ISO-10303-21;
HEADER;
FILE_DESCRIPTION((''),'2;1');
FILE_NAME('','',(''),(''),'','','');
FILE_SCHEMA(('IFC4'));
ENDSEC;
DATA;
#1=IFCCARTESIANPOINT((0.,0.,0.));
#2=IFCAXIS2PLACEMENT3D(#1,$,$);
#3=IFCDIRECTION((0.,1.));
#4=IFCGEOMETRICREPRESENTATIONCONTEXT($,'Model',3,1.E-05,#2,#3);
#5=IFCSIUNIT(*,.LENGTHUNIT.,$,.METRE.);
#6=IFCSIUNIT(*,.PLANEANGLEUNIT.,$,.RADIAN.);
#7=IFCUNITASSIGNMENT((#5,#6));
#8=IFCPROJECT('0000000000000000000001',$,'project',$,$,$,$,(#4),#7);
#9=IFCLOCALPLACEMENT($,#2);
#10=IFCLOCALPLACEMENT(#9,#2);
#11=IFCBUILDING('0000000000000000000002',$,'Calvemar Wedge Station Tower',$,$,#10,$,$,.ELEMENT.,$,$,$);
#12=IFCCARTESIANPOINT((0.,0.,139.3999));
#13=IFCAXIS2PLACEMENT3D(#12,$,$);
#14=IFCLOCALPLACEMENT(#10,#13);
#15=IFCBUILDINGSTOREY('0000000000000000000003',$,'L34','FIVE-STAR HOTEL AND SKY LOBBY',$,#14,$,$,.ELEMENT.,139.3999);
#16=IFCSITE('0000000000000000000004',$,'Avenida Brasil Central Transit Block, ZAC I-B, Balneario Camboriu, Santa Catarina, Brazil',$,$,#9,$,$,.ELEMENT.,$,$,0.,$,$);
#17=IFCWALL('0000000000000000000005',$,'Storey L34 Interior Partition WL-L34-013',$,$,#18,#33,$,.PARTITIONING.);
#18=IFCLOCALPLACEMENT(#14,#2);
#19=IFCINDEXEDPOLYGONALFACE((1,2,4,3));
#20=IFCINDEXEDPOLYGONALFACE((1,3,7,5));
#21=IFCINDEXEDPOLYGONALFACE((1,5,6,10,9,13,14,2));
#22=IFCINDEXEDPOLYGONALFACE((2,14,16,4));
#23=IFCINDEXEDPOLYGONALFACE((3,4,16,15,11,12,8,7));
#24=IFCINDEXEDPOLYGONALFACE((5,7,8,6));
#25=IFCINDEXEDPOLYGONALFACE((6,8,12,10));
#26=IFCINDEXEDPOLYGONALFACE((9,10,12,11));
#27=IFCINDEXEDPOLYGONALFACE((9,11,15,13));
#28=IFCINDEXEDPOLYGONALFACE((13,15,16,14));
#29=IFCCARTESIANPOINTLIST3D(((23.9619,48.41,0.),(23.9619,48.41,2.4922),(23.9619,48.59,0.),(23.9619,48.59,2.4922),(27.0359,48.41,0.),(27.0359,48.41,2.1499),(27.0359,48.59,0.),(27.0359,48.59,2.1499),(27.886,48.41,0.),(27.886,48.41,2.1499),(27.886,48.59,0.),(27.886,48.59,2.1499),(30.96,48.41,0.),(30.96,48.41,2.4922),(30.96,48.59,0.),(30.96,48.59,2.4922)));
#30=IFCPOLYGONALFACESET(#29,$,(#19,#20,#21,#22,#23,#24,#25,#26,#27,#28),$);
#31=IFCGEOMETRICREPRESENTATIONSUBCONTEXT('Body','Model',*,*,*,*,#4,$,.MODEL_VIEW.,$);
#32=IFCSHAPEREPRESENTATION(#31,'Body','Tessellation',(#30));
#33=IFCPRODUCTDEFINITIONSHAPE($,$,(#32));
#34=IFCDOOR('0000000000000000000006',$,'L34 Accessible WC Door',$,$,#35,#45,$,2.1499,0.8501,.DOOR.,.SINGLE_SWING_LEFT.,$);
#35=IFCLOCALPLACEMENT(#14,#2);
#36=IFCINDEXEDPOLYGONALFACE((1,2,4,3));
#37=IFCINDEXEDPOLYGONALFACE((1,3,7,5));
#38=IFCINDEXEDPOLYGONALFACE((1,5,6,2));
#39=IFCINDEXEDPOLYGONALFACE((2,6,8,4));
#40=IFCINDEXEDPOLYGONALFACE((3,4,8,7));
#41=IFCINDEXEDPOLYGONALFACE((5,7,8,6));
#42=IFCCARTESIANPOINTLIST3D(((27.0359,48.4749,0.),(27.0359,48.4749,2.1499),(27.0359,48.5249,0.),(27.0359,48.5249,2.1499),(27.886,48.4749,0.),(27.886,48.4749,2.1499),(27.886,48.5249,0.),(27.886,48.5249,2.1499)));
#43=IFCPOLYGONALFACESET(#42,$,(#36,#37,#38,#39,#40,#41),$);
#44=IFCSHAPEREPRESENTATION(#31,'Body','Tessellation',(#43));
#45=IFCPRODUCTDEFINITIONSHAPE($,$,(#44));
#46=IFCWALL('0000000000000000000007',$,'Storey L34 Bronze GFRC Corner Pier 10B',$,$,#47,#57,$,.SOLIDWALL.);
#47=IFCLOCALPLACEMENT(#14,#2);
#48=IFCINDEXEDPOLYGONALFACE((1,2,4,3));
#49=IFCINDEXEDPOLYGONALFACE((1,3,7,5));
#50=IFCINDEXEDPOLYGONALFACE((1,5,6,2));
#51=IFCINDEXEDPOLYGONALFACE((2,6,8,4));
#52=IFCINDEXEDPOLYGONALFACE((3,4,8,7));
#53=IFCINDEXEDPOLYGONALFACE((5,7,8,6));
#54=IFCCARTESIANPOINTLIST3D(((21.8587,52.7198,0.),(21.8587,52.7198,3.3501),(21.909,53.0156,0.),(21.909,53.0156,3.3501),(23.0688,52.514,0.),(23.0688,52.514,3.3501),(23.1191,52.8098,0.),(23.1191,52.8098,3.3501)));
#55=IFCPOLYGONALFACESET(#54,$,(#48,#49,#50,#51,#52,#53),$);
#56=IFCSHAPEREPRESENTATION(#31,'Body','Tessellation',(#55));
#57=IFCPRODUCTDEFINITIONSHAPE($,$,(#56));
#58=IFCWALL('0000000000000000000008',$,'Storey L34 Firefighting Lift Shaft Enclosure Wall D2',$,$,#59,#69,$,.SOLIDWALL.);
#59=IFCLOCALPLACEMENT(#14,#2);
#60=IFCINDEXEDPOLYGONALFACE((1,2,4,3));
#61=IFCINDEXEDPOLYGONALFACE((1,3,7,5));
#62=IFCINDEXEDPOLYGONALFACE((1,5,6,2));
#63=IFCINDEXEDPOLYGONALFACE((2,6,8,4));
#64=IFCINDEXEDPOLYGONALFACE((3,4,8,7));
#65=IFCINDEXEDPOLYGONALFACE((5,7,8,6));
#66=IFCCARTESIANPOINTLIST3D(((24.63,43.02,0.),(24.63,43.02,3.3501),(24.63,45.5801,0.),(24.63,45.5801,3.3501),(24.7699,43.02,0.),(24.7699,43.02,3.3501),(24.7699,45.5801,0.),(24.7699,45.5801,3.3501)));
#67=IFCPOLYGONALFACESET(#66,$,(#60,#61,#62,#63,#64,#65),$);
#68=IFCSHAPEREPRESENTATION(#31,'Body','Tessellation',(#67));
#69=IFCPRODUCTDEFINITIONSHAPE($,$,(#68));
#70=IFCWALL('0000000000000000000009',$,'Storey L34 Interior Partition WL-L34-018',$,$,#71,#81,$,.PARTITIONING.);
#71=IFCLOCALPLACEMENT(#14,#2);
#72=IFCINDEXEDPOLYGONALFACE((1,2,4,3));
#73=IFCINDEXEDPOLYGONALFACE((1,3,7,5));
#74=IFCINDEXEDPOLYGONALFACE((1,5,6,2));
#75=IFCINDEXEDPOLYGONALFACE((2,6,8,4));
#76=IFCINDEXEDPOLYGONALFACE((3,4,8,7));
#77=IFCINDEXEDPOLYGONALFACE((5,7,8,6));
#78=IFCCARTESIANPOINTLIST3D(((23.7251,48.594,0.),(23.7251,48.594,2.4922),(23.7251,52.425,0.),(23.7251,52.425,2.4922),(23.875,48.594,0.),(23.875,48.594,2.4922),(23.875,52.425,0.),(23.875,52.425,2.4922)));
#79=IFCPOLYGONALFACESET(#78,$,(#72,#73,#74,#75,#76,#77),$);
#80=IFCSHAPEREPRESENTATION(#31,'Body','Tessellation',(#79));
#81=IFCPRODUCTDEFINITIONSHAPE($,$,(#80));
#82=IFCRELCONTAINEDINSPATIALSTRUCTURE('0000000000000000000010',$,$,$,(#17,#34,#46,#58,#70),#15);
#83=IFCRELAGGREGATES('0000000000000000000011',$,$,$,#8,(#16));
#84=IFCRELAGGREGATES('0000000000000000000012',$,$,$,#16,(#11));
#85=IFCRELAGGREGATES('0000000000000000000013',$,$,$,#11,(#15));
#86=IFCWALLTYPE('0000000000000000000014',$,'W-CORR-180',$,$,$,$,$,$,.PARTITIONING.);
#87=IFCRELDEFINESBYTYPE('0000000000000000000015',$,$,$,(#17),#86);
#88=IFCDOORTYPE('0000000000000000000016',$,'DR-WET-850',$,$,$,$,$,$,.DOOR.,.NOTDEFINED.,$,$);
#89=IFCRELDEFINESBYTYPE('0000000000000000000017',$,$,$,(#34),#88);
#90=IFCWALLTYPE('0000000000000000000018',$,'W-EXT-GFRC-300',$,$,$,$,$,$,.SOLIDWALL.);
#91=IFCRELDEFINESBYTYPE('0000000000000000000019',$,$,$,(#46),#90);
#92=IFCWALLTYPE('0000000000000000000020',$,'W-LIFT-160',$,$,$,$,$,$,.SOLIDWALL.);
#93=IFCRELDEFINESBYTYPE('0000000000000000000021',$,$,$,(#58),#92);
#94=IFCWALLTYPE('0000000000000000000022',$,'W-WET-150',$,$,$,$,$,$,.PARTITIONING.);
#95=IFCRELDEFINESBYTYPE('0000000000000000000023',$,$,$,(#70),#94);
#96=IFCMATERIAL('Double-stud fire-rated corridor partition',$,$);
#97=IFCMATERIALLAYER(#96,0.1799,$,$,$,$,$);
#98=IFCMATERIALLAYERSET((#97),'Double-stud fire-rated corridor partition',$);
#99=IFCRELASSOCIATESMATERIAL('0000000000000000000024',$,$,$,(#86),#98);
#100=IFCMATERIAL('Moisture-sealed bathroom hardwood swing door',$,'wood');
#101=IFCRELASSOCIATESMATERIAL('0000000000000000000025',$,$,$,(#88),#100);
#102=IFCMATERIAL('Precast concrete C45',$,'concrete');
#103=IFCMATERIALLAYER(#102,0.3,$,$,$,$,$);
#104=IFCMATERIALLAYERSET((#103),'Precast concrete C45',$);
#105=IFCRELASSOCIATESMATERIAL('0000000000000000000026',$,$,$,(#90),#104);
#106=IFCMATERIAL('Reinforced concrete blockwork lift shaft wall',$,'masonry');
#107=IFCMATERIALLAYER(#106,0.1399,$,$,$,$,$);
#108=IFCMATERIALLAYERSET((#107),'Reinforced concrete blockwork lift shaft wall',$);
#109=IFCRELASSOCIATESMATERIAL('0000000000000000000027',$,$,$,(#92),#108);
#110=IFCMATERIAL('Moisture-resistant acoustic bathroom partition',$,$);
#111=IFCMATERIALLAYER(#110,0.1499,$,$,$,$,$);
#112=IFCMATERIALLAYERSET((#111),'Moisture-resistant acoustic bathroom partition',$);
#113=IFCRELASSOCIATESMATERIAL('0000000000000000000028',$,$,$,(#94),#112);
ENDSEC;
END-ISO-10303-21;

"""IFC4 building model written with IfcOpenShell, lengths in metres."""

from ifc_helpers import new_model, si_unit, direction, frame, frame_2d, origin, place, context, subcontext, project, spatial, rectangle, extrude, source, transform, mapped, material, layer, layer_set, type_object, element, fill, save


model = new_model("IFC4")

# Units and contexts
model_context = context("Model", 3, precision=1e-05, world=origin(), true_north=direction((0.0, 1.0)))
body_context = subcontext(model_context, "Body", "Model", "MODEL_VIEW")
ifc_project = project(units=[si_unit("LENGTHUNIT", "METRE"), si_unit("PLANEANGLEUNIT", "RADIAN")], contexts=[model_context])

# Site, building, storey
site_placement = place(None, origin())
site = spatial("IfcSite", under=ifc_project, at=site_placement, Name="Avenida Brasil Central Transit Block, ZAC I-B, Balneario Camboriu, Santa Catarina, Brazil", CompositionType="ELEMENT", RefElevation=0.0)
building_placement = place(site_placement, origin())
building = spatial("IfcBuilding", under=site, at=building_placement, Name="Calvemar Wedge Station Tower", CompositionType="ELEMENT")
storey_placement = place(building_placement, frame((0.0, 0.0, 139.3999)))
storey = spatial("IfcBuildingStorey", under=building, at=storey_placement, Name="L34", Description="FIVE-STAR HOTEL AND SKY LOBBY", CompositionType="ELEMENT", Elevation=139.3999)

# Shared definitions
ifc_material_1 = material(Name="Double-stud fire-rated corridor partition")
ifc_layer_1 = layer(ifc_material_1, 0.1799)
ifc_layer_set_1 = layer_set([ifc_layer_1], Name="Double-stud fire-rated corridor partition")
wall_type_1 = type_object("IfcWallType", Name="W-CORR-180", PredefinedType="PARTITIONING", material=ifc_layer_set_1)

# Wall, opening, door
shared_shape_1 = source(origin(), body_context, "Body", "SweptSolid", [
    extrude(rectangle(XDim=0.8501, YDim=2.1499, at=frame_2d((0.425, 1.075))), frame((0.0, 0.1001, 0.0), z_axis=(0.0, -1.0, 0.0), x_axis=(1.0, 0.0, 0.0)), (0.0, 0.0, 1.0), 0.2),
])
wall_1_placement = place(storey_placement, frame((23.9619, 48.5, 0.0), z_axis=(0.0, 0.0, 1.0), x_axis=(1.0, 0.0, 0.0)))
wall_1 = element("IfcWall", 1, at=wall_1_placement, inside=storey, type_object=wall_type_1, Name="Storey L34 Interior Partition WL-L34-013", PredefinedType="PARTITIONING", context=body_context, shape_type="SweptSolid", body=[
    extrude(rectangle(XDim=6.998, YDim=0.1799, at=frame_2d((3.499, 0.0))), origin(), (0.0, 0.0, 1.0), 2.4922),
])
opening_1_placement = place(wall_1_placement, frame((3.074, 0.0, 0.0)))
opening_1 = element("IfcOpeningElement", 2, at=opening_1_placement, cuts=wall_1, PredefinedType="OPENING", context=body_context, shape_type="MappedRepresentation", body=[
    mapped(shared_shape_1, transform((0.0, 0.0, 0.0), scale=1.0)),
])
ifc_material_2 = material(Name="Moisture-sealed bathroom hardwood swing door", Category="wood")
door_type_1 = type_object("IfcDoorType", Name="DR-WET-850", OperationType="NOTDEFINED", PredefinedType="DOOR", material=ifc_material_2)
shared_shape_2 = source(origin(), body_context, "Body", "SweptSolid", [
    extrude(rectangle(XDim=0.8501, YDim=2.1499, at=frame_2d((0.425, 1.075))), frame((0.0, 0.0249, 0.0), z_axis=(0.0, -1.0, 0.0), x_axis=(1.0, 0.0, 0.0)), (0.0, 0.0, 1.0), 0.05),
])
door_1_placement = place(opening_1_placement, origin())
door_1 = element("IfcDoor", 3, at=door_1_placement, inside=storey, type_object=door_type_1, Name="L34 Accessible WC Door", OperationType="SINGLE_SWING_LEFT", OverallHeight=2.1499, OverallWidth=0.8501, PredefinedType="DOOR", context=body_context, shape_type="MappedRepresentation", body=[
    mapped(shared_shape_2, transform((0.0, 0.0, 0.0), scale=1.0)),
])
fill(opening_1, door_1)

# Walls
ifc_material_3 = material(Name="Precast concrete C45", Category="concrete")
ifc_layer_2 = layer(ifc_material_3, 0.3)
ifc_layer_set_2 = layer_set([ifc_layer_2], Name="Precast concrete C45")
wall_type_2 = type_object("IfcWallType", Name="W-EXT-GFRC-300", PredefinedType="SOLIDWALL", material=ifc_layer_set_2)
wall_2_placement = place(storey_placement, frame((23.094, 52.6619, 0.0), z_axis=(0.0, 0.0, 1.0), x_axis=(-0.985846, 0.167655, 0.0)))
element("IfcWall", 4, at=wall_2_placement, inside=storey, type_object=wall_type_2, Name="Storey L34 Bronze GFRC Corner Pier 10B", PredefinedType="SOLIDWALL", context=body_context, shape_type="SweptSolid", body=[
    extrude(rectangle(XDim=1.2275, YDim=0.3, at=frame_2d((0.6138, 0.0))), origin(), (0.0, 0.0, 1.0), 3.3501),
])
ifc_material_4 = material(Name="Reinforced concrete blockwork lift shaft wall", Category="masonry")
ifc_layer_3 = layer(ifc_material_4, 0.1399)
ifc_layer_set_3 = layer_set([ifc_layer_3], Name="Reinforced concrete blockwork lift shaft wall")
wall_type_3 = type_object("IfcWallType", Name="W-LIFT-160", PredefinedType="SOLIDWALL", material=ifc_layer_set_3)
wall_3_placement = place(storey_placement, frame((24.7, 43.02, 0.0), z_axis=(0.0, 0.0, 1.0), x_axis=(0.0, 1.0, 0.0)))
element("IfcWall", 5, at=wall_3_placement, inside=storey, type_object=wall_type_3, Name="Storey L34 Firefighting Lift Shaft Enclosure Wall D2", PredefinedType="SOLIDWALL", context=body_context, shape_type="SweptSolid", body=[
    extrude(rectangle(XDim=2.5601, YDim=0.1399, at=frame_2d((1.28, 0.0))), origin(), (0.0, 0.0, 1.0), 3.3501),
])
ifc_material_5 = material(Name="Moisture-resistant acoustic bathroom partition")
ifc_layer_4 = layer(ifc_material_5, 0.1499)
ifc_layer_set_4 = layer_set([ifc_layer_4], Name="Moisture-resistant acoustic bathroom partition")
wall_type_4 = type_object("IfcWallType", Name="W-WET-150", PredefinedType="PARTITIONING", material=ifc_layer_set_4)
wall_4_placement = place(storey_placement, frame((23.8, 52.425, 0.0), z_axis=(0.0, 0.0, 1.0), x_axis=(0.0, -1.0, 0.0)))
element("IfcWall", 6, at=wall_4_placement, inside=storey, type_object=wall_type_4, Name="Storey L34 Interior Partition WL-L34-018", PredefinedType="PARTITIONING", context=body_context, shape_type="SweptSolid", body=[
    extrude(rectangle(XDim=3.8311, YDim=0.1499, at=frame_2d((1.9155, 0.0))), origin(), (0.0, 0.0, 1.0), 2.4922),
])

save(model, "model.ifc")
